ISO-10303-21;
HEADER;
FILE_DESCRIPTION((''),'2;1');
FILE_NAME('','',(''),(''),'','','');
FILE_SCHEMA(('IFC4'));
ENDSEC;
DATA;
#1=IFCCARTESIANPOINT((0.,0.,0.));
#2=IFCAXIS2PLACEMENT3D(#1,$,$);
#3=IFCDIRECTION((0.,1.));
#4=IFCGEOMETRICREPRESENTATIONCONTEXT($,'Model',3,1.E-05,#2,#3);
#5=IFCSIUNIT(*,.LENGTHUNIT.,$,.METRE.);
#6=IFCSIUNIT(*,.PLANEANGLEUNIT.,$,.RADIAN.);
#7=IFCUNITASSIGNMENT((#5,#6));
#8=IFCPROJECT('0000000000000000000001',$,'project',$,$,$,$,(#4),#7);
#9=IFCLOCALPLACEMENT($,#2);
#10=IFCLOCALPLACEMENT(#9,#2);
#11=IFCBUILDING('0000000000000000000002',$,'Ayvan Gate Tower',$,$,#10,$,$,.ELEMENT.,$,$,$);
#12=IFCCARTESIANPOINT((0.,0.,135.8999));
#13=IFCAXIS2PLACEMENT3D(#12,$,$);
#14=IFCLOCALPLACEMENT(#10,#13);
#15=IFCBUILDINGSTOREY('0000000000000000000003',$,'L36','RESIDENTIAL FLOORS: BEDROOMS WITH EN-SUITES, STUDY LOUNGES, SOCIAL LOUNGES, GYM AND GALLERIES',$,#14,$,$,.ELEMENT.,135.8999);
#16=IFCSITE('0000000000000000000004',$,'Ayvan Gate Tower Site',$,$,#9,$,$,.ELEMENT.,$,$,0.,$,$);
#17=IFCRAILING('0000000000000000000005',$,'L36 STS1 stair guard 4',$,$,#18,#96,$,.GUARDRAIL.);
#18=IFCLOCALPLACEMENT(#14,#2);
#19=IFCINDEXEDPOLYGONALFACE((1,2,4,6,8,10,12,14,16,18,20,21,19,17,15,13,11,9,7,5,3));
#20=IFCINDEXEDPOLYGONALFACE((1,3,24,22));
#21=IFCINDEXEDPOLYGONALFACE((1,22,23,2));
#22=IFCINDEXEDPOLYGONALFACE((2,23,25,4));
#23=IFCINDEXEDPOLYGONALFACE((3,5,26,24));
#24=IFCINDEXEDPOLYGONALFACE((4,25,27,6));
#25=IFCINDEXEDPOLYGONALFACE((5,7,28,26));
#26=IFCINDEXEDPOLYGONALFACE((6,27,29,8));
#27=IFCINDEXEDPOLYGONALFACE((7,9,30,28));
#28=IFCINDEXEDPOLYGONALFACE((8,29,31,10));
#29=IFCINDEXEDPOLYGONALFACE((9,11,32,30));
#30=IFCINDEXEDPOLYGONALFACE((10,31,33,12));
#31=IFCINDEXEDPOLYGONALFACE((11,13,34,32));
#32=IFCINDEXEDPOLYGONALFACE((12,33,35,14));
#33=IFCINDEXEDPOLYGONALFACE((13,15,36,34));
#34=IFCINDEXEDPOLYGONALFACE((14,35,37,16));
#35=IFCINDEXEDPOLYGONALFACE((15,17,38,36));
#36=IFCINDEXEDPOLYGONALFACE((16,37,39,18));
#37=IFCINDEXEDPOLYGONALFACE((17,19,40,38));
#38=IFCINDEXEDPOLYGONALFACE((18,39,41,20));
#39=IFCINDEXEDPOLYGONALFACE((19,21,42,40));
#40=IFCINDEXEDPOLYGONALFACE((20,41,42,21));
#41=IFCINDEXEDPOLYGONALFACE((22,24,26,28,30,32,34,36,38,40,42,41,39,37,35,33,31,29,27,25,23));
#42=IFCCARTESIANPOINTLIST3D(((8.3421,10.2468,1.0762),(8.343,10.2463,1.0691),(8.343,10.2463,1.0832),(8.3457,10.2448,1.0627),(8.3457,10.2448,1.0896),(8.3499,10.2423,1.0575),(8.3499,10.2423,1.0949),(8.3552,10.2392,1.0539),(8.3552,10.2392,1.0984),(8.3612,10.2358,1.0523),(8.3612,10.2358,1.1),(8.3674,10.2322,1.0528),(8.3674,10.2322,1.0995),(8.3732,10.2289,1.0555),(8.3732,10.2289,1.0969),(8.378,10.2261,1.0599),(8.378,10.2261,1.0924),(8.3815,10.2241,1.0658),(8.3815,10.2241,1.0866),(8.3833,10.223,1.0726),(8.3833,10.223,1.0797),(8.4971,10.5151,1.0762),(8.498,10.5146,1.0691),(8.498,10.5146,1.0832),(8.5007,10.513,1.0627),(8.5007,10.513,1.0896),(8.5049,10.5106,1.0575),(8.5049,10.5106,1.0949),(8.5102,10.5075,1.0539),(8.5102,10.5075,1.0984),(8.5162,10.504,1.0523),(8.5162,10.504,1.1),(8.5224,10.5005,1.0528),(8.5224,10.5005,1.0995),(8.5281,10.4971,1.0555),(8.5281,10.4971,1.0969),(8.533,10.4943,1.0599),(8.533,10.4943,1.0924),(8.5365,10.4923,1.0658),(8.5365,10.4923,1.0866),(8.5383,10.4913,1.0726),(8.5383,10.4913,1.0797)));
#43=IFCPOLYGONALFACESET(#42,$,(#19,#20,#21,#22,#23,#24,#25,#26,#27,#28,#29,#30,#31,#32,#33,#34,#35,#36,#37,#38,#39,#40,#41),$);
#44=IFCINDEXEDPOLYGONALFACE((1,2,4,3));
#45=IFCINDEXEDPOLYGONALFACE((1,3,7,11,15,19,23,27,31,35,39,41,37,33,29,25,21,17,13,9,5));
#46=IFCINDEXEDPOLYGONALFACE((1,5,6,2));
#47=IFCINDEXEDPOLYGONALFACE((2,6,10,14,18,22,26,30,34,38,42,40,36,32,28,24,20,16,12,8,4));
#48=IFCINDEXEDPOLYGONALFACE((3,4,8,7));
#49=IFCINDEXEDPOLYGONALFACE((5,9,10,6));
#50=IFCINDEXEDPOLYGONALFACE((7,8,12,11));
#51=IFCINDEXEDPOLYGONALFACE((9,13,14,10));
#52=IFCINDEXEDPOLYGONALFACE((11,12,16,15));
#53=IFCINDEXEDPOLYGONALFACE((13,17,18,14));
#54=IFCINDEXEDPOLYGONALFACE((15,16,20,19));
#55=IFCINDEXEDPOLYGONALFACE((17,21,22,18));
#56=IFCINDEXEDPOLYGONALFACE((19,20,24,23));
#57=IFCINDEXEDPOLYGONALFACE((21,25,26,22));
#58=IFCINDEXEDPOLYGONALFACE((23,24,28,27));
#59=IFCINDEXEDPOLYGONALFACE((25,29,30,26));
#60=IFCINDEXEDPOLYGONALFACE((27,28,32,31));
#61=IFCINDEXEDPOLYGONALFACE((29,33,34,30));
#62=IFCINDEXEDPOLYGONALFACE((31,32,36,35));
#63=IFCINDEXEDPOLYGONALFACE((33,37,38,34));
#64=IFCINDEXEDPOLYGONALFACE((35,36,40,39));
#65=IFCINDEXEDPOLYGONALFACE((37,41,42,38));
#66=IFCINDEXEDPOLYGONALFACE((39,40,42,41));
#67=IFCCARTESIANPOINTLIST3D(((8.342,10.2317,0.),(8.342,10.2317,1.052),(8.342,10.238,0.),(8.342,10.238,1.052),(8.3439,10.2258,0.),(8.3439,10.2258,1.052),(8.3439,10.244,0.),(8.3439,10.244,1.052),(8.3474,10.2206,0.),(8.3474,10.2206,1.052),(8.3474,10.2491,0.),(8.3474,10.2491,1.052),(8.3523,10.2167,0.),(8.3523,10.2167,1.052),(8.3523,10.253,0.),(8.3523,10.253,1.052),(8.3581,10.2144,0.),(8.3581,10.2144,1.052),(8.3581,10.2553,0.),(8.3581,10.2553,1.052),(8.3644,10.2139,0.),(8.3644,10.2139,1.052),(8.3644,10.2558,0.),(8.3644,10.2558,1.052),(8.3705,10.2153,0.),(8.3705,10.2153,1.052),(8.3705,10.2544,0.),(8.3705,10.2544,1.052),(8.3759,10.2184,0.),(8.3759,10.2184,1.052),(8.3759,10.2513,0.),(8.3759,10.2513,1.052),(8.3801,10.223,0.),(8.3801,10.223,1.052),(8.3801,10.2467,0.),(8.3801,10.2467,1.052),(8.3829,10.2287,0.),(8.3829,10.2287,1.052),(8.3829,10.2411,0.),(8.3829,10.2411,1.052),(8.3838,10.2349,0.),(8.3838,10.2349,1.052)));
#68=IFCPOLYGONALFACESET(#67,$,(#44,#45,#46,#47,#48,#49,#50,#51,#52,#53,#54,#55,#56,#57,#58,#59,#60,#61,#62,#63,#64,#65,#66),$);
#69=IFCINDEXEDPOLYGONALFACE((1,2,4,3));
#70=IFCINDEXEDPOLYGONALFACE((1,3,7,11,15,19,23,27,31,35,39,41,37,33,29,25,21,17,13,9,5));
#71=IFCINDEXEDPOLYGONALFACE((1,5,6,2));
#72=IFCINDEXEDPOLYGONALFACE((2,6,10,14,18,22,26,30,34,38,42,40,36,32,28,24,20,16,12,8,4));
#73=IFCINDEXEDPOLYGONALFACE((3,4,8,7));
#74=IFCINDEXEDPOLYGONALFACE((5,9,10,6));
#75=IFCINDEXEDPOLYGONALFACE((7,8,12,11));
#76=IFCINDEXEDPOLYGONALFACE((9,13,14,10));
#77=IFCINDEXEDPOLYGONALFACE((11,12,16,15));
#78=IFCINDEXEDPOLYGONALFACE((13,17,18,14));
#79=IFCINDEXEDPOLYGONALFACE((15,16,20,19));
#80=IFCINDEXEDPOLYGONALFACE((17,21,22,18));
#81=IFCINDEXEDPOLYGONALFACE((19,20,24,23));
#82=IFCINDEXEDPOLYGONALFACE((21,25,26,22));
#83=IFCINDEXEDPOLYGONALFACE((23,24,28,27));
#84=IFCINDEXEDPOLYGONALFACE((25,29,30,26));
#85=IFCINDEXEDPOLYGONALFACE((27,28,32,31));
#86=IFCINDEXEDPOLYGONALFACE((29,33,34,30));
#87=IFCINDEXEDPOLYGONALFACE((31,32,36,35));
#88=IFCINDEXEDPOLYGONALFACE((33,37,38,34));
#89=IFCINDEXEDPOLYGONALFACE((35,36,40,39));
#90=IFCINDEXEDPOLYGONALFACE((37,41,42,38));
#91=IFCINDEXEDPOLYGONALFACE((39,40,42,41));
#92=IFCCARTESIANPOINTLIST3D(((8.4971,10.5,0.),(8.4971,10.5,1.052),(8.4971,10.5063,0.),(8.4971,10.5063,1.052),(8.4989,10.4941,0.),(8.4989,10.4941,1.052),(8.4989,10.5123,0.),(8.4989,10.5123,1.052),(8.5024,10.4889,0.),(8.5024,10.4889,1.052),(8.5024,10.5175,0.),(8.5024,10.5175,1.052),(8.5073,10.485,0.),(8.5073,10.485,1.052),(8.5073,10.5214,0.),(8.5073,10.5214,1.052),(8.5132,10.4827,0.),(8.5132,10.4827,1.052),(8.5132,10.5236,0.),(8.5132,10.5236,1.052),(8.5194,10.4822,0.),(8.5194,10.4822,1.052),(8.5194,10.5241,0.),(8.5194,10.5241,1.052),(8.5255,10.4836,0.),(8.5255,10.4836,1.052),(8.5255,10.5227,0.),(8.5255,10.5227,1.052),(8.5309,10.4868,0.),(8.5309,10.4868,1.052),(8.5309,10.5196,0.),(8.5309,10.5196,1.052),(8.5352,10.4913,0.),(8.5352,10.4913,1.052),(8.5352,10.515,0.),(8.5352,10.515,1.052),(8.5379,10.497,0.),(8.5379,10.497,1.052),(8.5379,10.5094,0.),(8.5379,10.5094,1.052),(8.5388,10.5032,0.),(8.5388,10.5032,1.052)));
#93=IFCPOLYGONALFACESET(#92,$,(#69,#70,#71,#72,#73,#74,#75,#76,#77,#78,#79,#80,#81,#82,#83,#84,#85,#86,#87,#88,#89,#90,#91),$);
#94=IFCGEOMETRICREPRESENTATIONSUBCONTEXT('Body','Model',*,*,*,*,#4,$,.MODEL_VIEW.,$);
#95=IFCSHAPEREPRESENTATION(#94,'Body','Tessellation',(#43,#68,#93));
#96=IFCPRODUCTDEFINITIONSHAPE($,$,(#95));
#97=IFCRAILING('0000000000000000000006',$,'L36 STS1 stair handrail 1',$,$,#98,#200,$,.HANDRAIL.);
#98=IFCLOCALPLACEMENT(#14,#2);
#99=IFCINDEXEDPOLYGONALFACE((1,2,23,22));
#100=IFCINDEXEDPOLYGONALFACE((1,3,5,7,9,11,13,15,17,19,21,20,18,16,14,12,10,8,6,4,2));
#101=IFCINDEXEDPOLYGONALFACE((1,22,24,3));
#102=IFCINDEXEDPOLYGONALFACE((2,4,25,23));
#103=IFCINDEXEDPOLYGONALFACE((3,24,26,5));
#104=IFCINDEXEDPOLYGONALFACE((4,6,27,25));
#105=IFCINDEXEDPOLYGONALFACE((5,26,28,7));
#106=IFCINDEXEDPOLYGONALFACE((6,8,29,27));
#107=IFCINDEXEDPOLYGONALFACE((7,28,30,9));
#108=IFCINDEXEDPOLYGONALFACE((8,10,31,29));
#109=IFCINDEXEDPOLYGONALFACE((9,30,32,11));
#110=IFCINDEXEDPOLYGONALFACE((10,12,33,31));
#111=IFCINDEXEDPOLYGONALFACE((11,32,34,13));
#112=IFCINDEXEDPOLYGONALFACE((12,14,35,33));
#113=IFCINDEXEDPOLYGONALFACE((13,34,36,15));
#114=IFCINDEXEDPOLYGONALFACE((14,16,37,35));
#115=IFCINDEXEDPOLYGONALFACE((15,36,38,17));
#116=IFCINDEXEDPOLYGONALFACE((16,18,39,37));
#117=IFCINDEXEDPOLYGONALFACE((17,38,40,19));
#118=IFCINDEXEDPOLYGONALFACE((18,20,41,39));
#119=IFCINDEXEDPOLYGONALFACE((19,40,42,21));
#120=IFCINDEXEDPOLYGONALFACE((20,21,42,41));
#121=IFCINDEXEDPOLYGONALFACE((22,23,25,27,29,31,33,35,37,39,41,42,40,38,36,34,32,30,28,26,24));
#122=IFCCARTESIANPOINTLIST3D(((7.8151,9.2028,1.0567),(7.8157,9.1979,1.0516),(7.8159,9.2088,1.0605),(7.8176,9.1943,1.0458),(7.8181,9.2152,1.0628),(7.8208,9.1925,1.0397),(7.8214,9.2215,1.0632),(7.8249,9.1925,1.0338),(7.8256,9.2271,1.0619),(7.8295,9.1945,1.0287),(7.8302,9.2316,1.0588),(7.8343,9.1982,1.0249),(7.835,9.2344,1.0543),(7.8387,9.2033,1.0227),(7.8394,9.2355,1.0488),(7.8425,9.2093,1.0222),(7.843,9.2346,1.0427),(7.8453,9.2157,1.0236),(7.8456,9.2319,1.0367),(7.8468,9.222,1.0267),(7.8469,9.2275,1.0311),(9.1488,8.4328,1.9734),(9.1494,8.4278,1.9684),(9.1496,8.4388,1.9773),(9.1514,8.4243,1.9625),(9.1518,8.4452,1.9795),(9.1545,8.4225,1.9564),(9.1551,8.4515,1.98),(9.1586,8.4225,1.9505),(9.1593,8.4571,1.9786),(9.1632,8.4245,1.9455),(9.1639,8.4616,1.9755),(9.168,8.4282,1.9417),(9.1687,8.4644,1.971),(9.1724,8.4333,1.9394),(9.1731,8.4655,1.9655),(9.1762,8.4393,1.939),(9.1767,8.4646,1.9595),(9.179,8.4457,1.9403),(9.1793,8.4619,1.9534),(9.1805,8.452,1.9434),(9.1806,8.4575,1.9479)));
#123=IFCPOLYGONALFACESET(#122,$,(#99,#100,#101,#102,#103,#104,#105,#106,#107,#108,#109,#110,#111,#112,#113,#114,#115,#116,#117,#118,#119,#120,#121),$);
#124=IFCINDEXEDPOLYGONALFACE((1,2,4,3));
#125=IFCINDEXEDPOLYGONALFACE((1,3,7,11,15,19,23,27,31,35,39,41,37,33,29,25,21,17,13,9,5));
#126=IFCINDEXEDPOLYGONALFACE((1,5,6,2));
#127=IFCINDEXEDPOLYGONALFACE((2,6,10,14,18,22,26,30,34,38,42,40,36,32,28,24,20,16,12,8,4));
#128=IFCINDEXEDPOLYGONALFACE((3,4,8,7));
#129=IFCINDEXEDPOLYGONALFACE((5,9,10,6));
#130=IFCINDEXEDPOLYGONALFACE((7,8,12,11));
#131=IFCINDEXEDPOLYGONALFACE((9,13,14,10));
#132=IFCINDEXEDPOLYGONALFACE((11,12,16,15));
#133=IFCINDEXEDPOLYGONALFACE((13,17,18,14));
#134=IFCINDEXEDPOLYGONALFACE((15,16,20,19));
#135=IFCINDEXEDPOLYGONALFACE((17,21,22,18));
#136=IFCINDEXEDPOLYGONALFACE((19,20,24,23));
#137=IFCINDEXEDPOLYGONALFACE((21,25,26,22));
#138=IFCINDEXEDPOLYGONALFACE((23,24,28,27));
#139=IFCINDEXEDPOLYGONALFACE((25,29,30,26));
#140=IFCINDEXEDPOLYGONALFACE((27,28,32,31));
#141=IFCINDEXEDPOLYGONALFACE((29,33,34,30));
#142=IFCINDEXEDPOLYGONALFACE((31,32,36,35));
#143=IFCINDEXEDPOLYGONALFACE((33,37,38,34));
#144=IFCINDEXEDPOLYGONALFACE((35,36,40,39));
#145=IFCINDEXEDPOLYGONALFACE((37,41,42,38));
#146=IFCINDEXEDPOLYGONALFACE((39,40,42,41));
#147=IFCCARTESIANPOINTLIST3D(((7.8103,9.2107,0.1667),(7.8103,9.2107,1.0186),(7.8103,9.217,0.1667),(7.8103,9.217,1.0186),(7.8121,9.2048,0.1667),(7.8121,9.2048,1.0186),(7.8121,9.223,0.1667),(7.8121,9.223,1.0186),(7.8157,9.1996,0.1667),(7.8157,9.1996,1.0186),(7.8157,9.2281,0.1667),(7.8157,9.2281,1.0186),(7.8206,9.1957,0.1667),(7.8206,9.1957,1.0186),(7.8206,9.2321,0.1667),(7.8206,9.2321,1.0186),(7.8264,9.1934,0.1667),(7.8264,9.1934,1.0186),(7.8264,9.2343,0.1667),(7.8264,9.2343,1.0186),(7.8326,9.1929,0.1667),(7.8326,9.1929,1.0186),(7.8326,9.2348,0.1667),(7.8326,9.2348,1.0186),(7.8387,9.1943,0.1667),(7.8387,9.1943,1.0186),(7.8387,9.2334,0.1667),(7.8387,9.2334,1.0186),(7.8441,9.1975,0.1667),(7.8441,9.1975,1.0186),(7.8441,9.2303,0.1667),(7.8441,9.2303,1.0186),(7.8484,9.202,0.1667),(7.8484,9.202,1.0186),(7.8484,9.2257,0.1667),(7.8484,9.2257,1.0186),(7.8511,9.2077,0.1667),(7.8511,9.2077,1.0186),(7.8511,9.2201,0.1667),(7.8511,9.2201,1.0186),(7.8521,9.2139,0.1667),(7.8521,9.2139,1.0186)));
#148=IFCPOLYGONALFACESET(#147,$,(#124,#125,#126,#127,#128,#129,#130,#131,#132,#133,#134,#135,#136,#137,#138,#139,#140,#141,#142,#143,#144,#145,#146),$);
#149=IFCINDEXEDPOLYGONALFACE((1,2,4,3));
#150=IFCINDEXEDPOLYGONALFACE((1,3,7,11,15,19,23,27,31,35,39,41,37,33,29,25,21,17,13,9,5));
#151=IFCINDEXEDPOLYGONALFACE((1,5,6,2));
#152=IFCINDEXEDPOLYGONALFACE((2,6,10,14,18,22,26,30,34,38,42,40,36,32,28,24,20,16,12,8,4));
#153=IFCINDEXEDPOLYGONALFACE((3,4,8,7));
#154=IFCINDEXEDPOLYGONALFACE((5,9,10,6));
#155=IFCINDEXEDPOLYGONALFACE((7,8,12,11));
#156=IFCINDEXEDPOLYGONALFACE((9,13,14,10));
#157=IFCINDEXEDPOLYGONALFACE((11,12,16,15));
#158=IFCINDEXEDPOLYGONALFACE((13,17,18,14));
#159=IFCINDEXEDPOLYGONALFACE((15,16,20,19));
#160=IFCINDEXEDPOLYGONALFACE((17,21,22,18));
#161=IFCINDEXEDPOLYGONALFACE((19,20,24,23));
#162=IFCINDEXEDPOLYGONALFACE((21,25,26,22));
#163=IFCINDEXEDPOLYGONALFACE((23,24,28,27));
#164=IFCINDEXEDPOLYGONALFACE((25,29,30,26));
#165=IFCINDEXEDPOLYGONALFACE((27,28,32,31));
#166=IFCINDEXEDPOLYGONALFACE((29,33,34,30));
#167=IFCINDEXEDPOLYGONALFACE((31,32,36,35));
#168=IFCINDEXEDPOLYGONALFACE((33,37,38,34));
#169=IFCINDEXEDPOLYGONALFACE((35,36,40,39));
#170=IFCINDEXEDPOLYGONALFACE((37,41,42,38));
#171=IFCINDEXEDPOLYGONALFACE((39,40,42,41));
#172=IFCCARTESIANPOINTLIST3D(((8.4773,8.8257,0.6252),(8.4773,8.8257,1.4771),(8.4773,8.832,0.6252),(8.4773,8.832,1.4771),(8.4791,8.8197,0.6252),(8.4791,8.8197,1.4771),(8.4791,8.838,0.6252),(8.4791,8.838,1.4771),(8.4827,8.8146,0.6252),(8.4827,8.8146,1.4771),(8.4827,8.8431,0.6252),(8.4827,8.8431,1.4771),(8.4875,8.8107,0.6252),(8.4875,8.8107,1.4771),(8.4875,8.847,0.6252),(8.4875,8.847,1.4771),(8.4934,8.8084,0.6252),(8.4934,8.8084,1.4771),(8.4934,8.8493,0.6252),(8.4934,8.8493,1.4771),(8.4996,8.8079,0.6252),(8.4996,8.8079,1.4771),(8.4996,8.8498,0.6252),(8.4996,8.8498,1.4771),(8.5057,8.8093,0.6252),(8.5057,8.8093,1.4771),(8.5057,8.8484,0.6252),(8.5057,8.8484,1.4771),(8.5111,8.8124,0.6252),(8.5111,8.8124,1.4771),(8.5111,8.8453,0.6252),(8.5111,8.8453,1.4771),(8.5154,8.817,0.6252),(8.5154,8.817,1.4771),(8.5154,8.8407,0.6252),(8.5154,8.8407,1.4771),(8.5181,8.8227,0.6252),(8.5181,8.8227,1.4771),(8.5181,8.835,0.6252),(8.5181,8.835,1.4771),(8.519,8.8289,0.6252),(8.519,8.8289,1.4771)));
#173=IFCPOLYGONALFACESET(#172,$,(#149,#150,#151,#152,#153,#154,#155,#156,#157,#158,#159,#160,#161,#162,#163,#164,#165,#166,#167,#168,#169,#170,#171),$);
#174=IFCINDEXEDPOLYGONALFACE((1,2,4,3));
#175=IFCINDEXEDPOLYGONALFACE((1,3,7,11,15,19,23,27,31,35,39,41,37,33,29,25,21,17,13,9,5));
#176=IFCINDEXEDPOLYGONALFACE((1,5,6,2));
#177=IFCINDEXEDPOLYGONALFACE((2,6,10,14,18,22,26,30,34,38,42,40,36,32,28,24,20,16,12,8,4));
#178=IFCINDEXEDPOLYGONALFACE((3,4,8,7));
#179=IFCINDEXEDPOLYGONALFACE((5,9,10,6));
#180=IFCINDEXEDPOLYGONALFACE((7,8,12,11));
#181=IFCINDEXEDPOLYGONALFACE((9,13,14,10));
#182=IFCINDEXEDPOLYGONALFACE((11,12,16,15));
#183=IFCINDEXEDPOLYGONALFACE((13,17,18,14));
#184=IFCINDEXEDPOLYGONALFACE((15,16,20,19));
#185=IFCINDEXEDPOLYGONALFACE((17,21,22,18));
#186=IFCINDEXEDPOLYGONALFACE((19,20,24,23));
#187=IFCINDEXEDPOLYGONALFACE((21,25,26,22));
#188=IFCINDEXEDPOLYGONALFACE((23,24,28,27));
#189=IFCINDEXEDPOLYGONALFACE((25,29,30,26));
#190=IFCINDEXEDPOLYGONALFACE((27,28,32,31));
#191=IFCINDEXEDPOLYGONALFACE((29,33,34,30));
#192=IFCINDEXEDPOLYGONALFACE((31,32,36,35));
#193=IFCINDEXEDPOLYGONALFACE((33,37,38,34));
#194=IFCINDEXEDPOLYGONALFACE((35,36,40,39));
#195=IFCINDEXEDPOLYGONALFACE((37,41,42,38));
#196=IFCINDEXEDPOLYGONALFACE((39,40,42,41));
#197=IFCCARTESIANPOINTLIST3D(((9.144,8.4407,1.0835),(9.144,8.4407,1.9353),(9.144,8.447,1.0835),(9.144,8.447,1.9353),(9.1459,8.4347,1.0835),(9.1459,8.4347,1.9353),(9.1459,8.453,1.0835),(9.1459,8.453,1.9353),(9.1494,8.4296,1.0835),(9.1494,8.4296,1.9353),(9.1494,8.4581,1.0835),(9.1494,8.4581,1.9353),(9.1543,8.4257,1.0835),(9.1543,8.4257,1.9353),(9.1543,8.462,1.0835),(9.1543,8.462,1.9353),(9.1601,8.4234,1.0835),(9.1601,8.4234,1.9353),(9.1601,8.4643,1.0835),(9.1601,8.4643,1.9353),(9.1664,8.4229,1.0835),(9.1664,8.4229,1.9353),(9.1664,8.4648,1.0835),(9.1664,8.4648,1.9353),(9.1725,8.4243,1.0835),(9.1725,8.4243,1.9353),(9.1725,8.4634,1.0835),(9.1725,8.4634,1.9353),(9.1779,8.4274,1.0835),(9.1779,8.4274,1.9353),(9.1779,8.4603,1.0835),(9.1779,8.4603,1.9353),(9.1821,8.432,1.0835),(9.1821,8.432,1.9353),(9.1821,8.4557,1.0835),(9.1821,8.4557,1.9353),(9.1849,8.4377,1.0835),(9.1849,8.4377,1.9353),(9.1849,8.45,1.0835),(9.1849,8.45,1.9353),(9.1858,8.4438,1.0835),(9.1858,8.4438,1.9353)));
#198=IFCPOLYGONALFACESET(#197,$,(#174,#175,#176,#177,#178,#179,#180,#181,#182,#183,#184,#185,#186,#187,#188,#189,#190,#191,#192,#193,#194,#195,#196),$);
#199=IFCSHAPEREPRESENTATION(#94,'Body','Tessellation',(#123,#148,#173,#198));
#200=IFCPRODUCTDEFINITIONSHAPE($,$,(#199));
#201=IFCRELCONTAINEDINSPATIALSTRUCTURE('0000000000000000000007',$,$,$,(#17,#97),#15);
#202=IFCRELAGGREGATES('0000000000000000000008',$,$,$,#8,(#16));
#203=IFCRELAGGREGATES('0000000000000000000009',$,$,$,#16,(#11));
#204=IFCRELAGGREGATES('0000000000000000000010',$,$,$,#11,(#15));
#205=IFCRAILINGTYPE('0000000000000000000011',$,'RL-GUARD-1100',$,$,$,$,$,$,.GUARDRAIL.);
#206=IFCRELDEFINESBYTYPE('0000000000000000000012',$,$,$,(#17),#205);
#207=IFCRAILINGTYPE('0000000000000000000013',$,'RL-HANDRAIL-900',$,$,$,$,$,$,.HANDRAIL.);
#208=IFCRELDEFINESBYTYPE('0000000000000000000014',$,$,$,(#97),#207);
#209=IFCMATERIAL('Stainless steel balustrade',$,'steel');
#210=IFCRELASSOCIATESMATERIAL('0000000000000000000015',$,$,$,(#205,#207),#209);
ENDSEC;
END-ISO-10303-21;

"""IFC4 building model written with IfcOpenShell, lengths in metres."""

from ifc_helpers import new_model, si_unit, direction, frame, origin, origin_2d, place, context, subcontext, project, spatial, circle, extrude, material, type_object, element, save


model = new_model("IFC4")

# Units and contexts
model_context = context("Model", 3, precision=1e-05, world=origin(), true_north=direction((0.0, 1.0)))
body_context = subcontext(model_context, "Body", "Model", "MODEL_VIEW")
ifc_project = project(units=[si_unit("LENGTHUNIT", "METRE"), si_unit("PLANEANGLEUNIT", "RADIAN")], contexts=[model_context])

# Site, building, storey
site_placement = place(None, origin())
site = spatial("IfcSite", under=ifc_project, at=site_placement, Name="Ayvan Gate Tower Site", CompositionType="ELEMENT", RefElevation=0.0)
building_placement = place(site_placement, origin())
building = spatial("IfcBuilding", under=site, at=building_placement, Name="Ayvan Gate Tower", CompositionType="ELEMENT")
storey_placement = place(building_placement, frame((0.0, 0.0, 135.8999)))
storey = spatial("IfcBuildingStorey", under=building, at=storey_placement, Name="L36", Description="RESIDENTIAL FLOORS: BEDROOMS WITH EN-SUITES, STUDY LOUNGES, SOCIAL LOUNGES, GYM AND GALLERIES", CompositionType="ELEMENT", Elevation=135.8999)

# Railings
ifc_material_1 = material(Name="Stainless steel balustrade", Category="steel")
railing_type_1 = type_object("IfcRailingType", Name="RL-GUARD-1100", PredefinedType="GUARDRAIL", material=ifc_material_1)
railing_1_placement = place(storey_placement, frame((8.3628, 10.2349, 0.0)))
element("IfcRailing", 1, at=railing_1_placement, inside=storey, type_object=railing_type_1, Name="L36 STS1 stair guard 4", PredefinedType="GUARDRAIL", context=body_context, shape_type="SweptSolid", body=[
    extrude(circle(Radius=0.0239, at=origin_2d()), frame((0.0, 0.0, 1.0762), z_axis=(0.500291, 0.865857, 0.0), x_axis=(-0.865857, 0.500291, 0.0)), (0.0, 0.0, 1.0), 0.3098),
    extrude(circle(Radius=0.021, at=origin_2d()), origin(), (0.0, 0.0, 1.0), 1.052),
    extrude(circle(Radius=0.021, at=origin_2d()), frame((0.155, 0.2683, 0.0)), (0.0, 0.0, 1.0), 1.052),
])
railing_type_2 = type_object("IfcRailingType", Name="RL-HANDRAIL-900", PredefinedType="HANDRAIL", material=ifc_material_1)
railing_2_placement = place(storey_placement, frame((7.8311, 9.2139, 0.1667)))
element("IfcRailing", 2, at=railing_2_placement, inside=storey, type_object=railing_type_2, Name="L36 STS1 stair handrail 1", PredefinedType="HANDRAIL", context=body_context, shape_type="SweptSolid", body=[
    extrude(circle(Radius=0.0239, at=origin_2d()), frame((0.0, 0.0, 0.876), z_axis=(0.744164, -0.429634, 0.511502), x_axis=(0.499992, 0.86603, 0.0)), (0.0, 0.0, 1.0), 1.7922),
    extrude(circle(Radius=0.021, at=origin_2d()), origin(), (0.0, 0.0, 1.0), 0.8518),
    extrude(circle(Radius=0.021, at=origin_2d()), frame((0.667, -0.385, 0.4585)), (0.0, 0.0, 1.0), 0.8518),
    extrude(circle(Radius=0.021, at=origin_2d()), frame((1.3337, -0.77, 0.9167)), (0.0, 0.0, 1.0), 0.8518),
])

save(model, "model.ifc")
